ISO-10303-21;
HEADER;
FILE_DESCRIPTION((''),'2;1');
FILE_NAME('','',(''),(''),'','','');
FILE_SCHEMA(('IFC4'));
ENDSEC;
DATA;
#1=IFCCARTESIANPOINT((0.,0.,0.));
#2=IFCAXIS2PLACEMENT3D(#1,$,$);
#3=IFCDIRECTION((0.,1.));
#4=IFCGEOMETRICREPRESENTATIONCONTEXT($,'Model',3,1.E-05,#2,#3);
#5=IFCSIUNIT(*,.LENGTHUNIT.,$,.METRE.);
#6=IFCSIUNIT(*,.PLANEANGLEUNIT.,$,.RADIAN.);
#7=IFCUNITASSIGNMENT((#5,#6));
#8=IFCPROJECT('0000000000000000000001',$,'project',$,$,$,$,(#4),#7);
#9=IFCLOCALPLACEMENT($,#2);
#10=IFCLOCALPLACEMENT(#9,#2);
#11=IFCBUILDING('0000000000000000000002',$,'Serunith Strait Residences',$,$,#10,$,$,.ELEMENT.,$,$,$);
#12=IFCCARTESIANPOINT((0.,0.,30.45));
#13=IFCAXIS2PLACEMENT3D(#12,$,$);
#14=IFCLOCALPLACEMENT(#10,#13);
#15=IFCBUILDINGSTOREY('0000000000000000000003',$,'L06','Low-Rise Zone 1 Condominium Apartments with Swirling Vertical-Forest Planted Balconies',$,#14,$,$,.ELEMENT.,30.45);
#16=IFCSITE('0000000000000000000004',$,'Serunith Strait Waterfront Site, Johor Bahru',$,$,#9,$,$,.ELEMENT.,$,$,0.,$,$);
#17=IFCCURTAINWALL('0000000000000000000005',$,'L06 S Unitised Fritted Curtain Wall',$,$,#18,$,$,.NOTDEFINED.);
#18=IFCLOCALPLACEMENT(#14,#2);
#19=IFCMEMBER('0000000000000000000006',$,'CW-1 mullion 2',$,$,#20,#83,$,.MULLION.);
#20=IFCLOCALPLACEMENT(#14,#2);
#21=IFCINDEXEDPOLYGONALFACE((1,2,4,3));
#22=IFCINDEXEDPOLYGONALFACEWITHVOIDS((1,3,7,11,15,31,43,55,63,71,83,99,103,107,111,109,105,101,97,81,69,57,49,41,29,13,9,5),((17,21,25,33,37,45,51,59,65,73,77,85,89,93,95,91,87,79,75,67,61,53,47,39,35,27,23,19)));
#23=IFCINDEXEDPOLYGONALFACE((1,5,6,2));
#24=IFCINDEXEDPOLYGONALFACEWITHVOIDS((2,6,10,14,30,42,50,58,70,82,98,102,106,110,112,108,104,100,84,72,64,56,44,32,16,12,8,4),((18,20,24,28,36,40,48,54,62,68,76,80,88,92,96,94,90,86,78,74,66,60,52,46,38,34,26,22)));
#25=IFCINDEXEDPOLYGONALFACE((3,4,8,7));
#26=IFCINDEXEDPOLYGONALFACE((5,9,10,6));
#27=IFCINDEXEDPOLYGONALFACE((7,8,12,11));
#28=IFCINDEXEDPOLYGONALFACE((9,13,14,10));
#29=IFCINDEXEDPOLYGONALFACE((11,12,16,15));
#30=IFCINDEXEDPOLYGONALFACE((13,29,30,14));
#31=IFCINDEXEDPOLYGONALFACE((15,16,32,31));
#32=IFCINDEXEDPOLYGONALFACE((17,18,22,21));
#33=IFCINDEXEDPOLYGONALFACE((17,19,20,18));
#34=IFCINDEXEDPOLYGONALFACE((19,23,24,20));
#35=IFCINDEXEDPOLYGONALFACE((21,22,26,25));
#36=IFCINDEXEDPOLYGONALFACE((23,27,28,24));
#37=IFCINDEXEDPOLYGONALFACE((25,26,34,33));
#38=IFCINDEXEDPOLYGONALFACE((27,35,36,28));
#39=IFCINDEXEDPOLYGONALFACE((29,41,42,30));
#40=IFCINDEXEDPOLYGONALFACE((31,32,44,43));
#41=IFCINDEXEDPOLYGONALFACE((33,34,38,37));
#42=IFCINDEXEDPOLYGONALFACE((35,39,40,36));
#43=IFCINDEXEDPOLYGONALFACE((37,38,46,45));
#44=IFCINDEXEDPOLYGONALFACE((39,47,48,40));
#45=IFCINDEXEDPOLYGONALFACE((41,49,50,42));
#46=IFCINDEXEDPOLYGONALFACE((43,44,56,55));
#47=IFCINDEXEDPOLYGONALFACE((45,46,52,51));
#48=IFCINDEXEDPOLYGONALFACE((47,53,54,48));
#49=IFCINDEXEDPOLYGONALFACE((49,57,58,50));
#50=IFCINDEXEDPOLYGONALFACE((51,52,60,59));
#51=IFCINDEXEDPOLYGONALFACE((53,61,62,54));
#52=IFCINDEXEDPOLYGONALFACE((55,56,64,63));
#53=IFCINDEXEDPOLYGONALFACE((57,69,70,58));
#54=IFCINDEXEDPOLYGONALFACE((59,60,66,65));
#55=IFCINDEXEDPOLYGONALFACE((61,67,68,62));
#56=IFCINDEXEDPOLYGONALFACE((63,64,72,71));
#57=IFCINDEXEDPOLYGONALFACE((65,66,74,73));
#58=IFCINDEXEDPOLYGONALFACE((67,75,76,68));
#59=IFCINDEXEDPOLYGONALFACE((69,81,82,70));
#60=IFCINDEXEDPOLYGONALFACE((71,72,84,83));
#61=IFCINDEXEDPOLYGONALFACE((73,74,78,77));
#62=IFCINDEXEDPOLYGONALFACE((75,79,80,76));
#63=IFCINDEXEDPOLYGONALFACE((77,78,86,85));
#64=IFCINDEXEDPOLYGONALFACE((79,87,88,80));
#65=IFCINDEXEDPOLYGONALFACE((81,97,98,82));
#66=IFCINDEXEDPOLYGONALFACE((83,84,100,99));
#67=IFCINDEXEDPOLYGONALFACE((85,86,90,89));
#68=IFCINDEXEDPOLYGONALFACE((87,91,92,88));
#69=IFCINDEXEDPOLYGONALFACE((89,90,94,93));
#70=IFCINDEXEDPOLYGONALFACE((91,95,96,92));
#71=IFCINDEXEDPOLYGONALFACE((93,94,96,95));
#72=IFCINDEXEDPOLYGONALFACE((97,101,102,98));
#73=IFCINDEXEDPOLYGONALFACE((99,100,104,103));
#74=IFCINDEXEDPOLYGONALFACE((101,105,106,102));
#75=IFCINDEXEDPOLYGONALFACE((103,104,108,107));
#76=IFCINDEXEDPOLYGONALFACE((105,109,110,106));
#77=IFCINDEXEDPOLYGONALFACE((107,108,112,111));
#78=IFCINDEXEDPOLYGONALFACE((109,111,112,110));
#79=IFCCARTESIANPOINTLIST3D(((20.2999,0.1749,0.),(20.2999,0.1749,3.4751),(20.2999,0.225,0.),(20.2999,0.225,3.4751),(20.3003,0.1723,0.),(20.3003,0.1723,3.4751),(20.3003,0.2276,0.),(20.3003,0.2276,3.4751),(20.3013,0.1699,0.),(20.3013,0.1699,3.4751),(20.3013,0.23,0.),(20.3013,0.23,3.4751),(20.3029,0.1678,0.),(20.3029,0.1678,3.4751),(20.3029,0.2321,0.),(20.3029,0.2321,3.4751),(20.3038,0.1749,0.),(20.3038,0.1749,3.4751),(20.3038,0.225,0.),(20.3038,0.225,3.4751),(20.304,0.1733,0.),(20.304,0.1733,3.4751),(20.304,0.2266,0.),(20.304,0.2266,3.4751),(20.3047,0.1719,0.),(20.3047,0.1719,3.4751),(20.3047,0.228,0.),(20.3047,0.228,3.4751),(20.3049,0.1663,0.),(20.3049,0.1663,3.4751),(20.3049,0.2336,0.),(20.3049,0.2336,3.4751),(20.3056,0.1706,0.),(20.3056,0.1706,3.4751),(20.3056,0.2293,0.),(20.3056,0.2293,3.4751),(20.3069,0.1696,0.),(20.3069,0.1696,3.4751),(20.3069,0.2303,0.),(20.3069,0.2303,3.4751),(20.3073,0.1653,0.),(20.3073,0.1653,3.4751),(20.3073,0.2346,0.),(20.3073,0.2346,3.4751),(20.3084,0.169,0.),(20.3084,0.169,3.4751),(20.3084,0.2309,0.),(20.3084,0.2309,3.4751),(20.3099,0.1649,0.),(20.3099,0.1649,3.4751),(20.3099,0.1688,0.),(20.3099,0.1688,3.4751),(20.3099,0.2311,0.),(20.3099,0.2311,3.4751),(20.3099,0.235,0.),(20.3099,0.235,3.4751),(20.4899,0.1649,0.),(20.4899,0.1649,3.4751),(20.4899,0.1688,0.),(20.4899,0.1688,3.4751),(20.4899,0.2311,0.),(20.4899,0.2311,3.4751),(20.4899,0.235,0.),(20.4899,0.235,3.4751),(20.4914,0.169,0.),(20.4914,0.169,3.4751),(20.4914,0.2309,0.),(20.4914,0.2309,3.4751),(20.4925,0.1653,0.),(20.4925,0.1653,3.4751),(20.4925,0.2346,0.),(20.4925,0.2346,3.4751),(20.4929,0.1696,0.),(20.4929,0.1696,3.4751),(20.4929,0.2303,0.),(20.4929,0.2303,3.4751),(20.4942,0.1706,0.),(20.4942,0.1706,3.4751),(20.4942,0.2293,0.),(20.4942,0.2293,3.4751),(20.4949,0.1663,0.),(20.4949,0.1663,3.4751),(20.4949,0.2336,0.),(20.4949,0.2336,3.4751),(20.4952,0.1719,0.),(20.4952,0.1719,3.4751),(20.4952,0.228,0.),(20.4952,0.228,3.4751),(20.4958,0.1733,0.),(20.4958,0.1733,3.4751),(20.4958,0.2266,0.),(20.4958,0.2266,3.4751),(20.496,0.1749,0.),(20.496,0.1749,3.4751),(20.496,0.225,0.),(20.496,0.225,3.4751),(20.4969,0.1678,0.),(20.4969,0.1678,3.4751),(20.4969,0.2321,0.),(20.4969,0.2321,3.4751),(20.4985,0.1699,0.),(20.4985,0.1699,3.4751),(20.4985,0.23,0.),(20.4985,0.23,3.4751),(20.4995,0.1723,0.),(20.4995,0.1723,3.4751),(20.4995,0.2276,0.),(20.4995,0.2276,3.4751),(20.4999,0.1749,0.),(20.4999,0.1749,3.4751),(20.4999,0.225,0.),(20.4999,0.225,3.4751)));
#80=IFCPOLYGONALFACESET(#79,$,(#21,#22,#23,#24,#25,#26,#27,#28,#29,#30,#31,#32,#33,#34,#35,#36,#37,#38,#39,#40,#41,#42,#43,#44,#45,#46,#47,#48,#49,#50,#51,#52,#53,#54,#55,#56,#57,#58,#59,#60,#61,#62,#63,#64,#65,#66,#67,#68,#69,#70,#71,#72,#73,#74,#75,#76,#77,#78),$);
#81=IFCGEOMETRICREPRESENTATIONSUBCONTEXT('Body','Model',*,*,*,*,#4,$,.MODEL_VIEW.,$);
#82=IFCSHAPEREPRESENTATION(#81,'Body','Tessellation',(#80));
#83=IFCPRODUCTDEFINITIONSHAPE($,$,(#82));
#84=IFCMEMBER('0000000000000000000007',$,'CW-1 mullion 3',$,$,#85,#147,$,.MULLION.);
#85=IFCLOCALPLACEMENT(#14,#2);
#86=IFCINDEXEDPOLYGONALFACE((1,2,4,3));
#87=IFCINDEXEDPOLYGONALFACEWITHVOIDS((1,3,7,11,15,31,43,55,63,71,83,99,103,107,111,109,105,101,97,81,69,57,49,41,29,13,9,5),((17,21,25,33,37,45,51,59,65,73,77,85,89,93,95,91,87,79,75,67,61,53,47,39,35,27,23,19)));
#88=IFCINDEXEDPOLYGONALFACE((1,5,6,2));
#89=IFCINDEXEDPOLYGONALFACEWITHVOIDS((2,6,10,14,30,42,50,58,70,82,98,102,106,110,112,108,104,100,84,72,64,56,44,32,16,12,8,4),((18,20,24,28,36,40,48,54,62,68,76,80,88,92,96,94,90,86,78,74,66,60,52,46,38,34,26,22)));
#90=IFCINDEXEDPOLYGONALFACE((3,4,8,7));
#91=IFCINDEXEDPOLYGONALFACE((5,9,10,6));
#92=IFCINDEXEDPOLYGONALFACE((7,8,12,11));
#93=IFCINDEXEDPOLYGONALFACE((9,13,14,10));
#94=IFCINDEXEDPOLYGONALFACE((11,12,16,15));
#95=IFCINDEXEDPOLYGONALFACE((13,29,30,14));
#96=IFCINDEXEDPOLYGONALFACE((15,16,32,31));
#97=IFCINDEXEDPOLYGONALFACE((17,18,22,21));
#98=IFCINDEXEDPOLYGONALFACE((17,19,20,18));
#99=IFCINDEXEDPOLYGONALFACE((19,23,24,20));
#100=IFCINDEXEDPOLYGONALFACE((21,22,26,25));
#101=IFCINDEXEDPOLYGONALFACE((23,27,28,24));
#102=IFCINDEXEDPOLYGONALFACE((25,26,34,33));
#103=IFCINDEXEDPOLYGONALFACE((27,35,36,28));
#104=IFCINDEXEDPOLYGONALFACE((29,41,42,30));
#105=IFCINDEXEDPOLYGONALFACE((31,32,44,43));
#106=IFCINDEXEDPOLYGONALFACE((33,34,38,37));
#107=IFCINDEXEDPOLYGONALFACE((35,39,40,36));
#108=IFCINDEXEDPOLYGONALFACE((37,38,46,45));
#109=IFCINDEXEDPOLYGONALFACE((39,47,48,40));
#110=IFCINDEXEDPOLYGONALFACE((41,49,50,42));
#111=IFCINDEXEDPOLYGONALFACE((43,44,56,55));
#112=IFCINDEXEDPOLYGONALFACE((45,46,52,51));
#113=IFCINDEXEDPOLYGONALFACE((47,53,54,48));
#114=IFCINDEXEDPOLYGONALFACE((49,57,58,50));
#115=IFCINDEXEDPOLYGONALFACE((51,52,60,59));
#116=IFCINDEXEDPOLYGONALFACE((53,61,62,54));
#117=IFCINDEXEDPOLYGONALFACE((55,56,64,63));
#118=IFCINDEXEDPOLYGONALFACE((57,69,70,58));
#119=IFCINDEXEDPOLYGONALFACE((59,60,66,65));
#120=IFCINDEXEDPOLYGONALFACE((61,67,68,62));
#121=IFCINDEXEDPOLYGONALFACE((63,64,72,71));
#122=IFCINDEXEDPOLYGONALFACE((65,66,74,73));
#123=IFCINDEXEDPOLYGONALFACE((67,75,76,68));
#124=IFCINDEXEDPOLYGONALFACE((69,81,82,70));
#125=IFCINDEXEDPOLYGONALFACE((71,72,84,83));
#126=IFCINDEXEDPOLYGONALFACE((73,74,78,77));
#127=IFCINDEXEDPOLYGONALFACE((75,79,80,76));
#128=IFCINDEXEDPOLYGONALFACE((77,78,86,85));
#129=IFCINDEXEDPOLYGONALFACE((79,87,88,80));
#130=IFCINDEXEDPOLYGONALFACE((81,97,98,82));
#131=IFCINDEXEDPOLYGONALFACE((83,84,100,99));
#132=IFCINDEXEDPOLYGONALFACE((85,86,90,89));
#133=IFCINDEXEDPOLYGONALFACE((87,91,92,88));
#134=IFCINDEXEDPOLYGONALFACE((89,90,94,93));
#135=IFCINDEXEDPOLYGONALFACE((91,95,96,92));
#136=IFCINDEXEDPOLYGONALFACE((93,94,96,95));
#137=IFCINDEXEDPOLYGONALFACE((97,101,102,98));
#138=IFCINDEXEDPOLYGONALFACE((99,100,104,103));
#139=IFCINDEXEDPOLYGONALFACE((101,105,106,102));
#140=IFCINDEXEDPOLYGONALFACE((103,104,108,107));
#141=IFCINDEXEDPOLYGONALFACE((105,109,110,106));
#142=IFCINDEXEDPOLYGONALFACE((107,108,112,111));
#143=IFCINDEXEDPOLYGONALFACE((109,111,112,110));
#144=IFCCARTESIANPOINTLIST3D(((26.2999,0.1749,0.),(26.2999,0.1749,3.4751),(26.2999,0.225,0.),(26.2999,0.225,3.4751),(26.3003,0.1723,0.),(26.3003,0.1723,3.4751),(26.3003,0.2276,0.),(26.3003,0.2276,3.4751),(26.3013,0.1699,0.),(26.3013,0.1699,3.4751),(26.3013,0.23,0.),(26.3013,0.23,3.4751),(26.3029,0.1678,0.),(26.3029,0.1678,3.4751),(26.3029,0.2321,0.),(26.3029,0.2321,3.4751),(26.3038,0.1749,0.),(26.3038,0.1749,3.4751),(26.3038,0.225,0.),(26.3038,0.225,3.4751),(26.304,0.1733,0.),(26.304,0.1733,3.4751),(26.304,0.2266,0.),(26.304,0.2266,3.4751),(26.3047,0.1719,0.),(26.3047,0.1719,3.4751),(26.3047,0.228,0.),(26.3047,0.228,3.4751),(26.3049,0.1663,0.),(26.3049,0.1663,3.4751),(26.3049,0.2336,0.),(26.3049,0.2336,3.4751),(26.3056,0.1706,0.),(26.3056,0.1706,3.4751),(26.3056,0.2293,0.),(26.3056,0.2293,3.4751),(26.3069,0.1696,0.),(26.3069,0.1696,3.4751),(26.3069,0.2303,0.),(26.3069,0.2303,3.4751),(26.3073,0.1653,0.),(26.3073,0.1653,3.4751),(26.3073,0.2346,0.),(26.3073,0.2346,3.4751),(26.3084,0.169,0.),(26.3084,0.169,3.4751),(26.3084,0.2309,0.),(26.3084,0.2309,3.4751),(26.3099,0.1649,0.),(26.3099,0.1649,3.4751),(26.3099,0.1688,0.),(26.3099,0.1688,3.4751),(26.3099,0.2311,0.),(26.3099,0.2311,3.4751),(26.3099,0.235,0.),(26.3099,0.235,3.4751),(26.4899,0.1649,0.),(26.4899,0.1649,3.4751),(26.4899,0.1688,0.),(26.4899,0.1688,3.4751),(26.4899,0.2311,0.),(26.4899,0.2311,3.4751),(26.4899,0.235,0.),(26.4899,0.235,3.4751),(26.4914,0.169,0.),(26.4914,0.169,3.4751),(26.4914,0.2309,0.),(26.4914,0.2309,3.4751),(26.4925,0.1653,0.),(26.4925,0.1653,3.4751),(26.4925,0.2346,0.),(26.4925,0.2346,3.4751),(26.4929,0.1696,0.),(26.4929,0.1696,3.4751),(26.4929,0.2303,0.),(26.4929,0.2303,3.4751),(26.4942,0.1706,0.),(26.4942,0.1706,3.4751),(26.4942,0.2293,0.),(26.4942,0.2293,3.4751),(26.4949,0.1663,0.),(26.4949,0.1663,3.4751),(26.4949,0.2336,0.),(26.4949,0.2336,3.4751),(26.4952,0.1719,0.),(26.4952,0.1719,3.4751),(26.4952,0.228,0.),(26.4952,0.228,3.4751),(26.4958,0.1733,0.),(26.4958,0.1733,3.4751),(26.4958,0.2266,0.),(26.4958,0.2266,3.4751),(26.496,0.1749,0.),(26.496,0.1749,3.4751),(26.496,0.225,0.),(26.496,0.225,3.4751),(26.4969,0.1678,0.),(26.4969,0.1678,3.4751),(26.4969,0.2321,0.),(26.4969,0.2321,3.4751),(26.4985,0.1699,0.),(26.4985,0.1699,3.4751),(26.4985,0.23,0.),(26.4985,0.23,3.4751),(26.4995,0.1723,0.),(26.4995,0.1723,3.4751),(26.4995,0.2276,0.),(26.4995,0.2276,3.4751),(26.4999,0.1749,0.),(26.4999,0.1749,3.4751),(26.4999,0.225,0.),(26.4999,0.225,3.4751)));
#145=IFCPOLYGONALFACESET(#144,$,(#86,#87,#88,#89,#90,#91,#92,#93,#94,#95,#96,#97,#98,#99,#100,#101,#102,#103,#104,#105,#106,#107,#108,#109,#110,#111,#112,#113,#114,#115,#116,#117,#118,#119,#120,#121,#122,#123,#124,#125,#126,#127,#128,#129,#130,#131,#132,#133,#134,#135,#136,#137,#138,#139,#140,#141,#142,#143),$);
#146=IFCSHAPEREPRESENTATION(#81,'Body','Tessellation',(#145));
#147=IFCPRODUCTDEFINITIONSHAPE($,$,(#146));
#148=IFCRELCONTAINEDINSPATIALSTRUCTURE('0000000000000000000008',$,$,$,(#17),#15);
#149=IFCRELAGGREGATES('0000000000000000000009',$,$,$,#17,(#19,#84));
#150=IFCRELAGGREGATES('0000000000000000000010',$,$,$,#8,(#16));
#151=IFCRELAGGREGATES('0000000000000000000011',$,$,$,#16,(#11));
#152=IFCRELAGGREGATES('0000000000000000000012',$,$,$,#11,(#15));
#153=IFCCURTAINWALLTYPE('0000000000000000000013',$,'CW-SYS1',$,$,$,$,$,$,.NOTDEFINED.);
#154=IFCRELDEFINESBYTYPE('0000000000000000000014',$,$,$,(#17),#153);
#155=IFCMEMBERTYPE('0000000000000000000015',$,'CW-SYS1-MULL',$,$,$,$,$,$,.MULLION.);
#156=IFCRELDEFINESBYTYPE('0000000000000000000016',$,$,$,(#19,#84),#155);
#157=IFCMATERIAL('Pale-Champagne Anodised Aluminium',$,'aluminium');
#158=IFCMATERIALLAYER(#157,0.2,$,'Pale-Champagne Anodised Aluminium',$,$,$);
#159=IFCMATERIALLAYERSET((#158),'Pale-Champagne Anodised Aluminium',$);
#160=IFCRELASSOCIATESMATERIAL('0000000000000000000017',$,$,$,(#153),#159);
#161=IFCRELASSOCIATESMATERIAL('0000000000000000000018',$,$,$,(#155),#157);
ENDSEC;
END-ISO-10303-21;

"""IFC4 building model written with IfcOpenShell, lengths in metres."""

from ifc_helpers import new_model, si_unit, direction, frame, origin, origin_2d, place, context, subcontext, project, spatial, hollow_rectangle, extrude, source, transform, mapped, material, layer, layer_set, material_profile, profile_set, type_object, element, aggregate, save


model = new_model("IFC4")

# Units and contexts
model_context = context("Model", 3, precision=1e-05, world=origin(), true_north=direction((0.0, 1.0)))
body_context = subcontext(model_context, "Body", "Model", "MODEL_VIEW")
ifc_project = project(units=[si_unit("LENGTHUNIT", "METRE"), si_unit("PLANEANGLEUNIT", "RADIAN")], contexts=[model_context])

# Site, building, storey
site_placement = place(None, origin())
site = spatial("IfcSite", under=ifc_project, at=site_placement, Name="Serunith Strait Waterfront Site, Johor Bahru", CompositionType="ELEMENT", RefElevation=0.0)
building_placement = place(site_placement, origin())
building = spatial("IfcBuilding", under=site, at=building_placement, Name="Serunith Strait Residences", CompositionType="ELEMENT")
storey_placement = place(building_placement, frame((0.0, 0.0, 30.45)))
storey = spatial("IfcBuildingStorey", under=building, at=storey_placement, Name="L06", Description="Low-Rise Zone 1 Condominium Apartments with Swirling Vertical-Forest Planted Balconies", CompositionType="ELEMENT", Elevation=30.45)

# Curtain wall, members
ifc_material_1 = material(Name="Pale-Champagne Anodised Aluminium", Category="aluminium")
ifc_layer_1 = layer(ifc_material_1, 0.2, Name="Pale-Champagne Anodised Aluminium")
ifc_layer_set_1 = layer_set([ifc_layer_1], Name="Pale-Champagne Anodised Aluminium")
curtain_wall_type = type_object("IfcCurtainWallType", Name="CW-SYS1", PredefinedType="NOTDEFINED", material=ifc_layer_set_1)
curtain_wall_placement = place(storey_placement, origin())
curtain_wall = element("IfcCurtainWall", 1, at=curtain_wall_placement, inside=storey, type_object=curtain_wall_type, Name="L06 S Unitised Fritted Curtain Wall", PredefinedType="NOTDEFINED")
ifc_material_profile_1 = material_profile(ifc_material_1, hollow_rectangle(XDim=0.0701, YDim=0.2, WallThickness=0.0039, InnerFilletRadius=0.0061, OuterFilletRadius=0.01, at=origin_2d()), Name="ALU 200x70x4")
ifc_profile_set_1 = profile_set([ifc_material_profile_1], Name="Pale-Champagne Anodised Aluminium")
member_type_1 = type_object("IfcMemberType", Name="CW-SYS1-MULL", PredefinedType="MULLION", material=ifc_profile_set_1)
shared_shape_1 = source(origin(), body_context, "Body", "SweptSolid", [
    extrude(hollow_rectangle(XDim=0.0701, YDim=0.2, WallThickness=0.0039, InnerFilletRadius=0.0061, OuterFilletRadius=0.01, at=origin_2d()), origin(), (0.0, 0.0, 1.0), 3.4751),
])
member_1_placement = place(storey_placement, frame((20.3999, 0.2, 0.0), z_axis=(0.0, 0.0, 1.0), x_axis=(0.0, 1.0, 0.0)))
member_1 = element("IfcMember", 2, at=member_1_placement, type_object=member_type_1, Name="CW-1 mullion 2", PredefinedType="MULLION", context=body_context, shape_type="MappedRepresentation", body=[
    mapped(shared_shape_1, transform((0.0, 0.0, 0.0), scale=1.0)),
])
member_2_placement = place(storey_placement, frame((26.3999, 0.2, 0.0), z_axis=(0.0, 0.0, 1.0), x_axis=(0.0, 1.0, 0.0)))
member_2 = element("IfcMember", 3, at=member_2_placement, type_object=member_type_1, Name="CW-1 mullion 3", PredefinedType="MULLION", context=body_context, shape_type="MappedRepresentation", body=[
    mapped(shared_shape_1, transform((0.0, 0.0, 0.0), scale=1.0)),
])
aggregate(curtain_wall, [member_1, member_2])

save(model, "model.ifc")
